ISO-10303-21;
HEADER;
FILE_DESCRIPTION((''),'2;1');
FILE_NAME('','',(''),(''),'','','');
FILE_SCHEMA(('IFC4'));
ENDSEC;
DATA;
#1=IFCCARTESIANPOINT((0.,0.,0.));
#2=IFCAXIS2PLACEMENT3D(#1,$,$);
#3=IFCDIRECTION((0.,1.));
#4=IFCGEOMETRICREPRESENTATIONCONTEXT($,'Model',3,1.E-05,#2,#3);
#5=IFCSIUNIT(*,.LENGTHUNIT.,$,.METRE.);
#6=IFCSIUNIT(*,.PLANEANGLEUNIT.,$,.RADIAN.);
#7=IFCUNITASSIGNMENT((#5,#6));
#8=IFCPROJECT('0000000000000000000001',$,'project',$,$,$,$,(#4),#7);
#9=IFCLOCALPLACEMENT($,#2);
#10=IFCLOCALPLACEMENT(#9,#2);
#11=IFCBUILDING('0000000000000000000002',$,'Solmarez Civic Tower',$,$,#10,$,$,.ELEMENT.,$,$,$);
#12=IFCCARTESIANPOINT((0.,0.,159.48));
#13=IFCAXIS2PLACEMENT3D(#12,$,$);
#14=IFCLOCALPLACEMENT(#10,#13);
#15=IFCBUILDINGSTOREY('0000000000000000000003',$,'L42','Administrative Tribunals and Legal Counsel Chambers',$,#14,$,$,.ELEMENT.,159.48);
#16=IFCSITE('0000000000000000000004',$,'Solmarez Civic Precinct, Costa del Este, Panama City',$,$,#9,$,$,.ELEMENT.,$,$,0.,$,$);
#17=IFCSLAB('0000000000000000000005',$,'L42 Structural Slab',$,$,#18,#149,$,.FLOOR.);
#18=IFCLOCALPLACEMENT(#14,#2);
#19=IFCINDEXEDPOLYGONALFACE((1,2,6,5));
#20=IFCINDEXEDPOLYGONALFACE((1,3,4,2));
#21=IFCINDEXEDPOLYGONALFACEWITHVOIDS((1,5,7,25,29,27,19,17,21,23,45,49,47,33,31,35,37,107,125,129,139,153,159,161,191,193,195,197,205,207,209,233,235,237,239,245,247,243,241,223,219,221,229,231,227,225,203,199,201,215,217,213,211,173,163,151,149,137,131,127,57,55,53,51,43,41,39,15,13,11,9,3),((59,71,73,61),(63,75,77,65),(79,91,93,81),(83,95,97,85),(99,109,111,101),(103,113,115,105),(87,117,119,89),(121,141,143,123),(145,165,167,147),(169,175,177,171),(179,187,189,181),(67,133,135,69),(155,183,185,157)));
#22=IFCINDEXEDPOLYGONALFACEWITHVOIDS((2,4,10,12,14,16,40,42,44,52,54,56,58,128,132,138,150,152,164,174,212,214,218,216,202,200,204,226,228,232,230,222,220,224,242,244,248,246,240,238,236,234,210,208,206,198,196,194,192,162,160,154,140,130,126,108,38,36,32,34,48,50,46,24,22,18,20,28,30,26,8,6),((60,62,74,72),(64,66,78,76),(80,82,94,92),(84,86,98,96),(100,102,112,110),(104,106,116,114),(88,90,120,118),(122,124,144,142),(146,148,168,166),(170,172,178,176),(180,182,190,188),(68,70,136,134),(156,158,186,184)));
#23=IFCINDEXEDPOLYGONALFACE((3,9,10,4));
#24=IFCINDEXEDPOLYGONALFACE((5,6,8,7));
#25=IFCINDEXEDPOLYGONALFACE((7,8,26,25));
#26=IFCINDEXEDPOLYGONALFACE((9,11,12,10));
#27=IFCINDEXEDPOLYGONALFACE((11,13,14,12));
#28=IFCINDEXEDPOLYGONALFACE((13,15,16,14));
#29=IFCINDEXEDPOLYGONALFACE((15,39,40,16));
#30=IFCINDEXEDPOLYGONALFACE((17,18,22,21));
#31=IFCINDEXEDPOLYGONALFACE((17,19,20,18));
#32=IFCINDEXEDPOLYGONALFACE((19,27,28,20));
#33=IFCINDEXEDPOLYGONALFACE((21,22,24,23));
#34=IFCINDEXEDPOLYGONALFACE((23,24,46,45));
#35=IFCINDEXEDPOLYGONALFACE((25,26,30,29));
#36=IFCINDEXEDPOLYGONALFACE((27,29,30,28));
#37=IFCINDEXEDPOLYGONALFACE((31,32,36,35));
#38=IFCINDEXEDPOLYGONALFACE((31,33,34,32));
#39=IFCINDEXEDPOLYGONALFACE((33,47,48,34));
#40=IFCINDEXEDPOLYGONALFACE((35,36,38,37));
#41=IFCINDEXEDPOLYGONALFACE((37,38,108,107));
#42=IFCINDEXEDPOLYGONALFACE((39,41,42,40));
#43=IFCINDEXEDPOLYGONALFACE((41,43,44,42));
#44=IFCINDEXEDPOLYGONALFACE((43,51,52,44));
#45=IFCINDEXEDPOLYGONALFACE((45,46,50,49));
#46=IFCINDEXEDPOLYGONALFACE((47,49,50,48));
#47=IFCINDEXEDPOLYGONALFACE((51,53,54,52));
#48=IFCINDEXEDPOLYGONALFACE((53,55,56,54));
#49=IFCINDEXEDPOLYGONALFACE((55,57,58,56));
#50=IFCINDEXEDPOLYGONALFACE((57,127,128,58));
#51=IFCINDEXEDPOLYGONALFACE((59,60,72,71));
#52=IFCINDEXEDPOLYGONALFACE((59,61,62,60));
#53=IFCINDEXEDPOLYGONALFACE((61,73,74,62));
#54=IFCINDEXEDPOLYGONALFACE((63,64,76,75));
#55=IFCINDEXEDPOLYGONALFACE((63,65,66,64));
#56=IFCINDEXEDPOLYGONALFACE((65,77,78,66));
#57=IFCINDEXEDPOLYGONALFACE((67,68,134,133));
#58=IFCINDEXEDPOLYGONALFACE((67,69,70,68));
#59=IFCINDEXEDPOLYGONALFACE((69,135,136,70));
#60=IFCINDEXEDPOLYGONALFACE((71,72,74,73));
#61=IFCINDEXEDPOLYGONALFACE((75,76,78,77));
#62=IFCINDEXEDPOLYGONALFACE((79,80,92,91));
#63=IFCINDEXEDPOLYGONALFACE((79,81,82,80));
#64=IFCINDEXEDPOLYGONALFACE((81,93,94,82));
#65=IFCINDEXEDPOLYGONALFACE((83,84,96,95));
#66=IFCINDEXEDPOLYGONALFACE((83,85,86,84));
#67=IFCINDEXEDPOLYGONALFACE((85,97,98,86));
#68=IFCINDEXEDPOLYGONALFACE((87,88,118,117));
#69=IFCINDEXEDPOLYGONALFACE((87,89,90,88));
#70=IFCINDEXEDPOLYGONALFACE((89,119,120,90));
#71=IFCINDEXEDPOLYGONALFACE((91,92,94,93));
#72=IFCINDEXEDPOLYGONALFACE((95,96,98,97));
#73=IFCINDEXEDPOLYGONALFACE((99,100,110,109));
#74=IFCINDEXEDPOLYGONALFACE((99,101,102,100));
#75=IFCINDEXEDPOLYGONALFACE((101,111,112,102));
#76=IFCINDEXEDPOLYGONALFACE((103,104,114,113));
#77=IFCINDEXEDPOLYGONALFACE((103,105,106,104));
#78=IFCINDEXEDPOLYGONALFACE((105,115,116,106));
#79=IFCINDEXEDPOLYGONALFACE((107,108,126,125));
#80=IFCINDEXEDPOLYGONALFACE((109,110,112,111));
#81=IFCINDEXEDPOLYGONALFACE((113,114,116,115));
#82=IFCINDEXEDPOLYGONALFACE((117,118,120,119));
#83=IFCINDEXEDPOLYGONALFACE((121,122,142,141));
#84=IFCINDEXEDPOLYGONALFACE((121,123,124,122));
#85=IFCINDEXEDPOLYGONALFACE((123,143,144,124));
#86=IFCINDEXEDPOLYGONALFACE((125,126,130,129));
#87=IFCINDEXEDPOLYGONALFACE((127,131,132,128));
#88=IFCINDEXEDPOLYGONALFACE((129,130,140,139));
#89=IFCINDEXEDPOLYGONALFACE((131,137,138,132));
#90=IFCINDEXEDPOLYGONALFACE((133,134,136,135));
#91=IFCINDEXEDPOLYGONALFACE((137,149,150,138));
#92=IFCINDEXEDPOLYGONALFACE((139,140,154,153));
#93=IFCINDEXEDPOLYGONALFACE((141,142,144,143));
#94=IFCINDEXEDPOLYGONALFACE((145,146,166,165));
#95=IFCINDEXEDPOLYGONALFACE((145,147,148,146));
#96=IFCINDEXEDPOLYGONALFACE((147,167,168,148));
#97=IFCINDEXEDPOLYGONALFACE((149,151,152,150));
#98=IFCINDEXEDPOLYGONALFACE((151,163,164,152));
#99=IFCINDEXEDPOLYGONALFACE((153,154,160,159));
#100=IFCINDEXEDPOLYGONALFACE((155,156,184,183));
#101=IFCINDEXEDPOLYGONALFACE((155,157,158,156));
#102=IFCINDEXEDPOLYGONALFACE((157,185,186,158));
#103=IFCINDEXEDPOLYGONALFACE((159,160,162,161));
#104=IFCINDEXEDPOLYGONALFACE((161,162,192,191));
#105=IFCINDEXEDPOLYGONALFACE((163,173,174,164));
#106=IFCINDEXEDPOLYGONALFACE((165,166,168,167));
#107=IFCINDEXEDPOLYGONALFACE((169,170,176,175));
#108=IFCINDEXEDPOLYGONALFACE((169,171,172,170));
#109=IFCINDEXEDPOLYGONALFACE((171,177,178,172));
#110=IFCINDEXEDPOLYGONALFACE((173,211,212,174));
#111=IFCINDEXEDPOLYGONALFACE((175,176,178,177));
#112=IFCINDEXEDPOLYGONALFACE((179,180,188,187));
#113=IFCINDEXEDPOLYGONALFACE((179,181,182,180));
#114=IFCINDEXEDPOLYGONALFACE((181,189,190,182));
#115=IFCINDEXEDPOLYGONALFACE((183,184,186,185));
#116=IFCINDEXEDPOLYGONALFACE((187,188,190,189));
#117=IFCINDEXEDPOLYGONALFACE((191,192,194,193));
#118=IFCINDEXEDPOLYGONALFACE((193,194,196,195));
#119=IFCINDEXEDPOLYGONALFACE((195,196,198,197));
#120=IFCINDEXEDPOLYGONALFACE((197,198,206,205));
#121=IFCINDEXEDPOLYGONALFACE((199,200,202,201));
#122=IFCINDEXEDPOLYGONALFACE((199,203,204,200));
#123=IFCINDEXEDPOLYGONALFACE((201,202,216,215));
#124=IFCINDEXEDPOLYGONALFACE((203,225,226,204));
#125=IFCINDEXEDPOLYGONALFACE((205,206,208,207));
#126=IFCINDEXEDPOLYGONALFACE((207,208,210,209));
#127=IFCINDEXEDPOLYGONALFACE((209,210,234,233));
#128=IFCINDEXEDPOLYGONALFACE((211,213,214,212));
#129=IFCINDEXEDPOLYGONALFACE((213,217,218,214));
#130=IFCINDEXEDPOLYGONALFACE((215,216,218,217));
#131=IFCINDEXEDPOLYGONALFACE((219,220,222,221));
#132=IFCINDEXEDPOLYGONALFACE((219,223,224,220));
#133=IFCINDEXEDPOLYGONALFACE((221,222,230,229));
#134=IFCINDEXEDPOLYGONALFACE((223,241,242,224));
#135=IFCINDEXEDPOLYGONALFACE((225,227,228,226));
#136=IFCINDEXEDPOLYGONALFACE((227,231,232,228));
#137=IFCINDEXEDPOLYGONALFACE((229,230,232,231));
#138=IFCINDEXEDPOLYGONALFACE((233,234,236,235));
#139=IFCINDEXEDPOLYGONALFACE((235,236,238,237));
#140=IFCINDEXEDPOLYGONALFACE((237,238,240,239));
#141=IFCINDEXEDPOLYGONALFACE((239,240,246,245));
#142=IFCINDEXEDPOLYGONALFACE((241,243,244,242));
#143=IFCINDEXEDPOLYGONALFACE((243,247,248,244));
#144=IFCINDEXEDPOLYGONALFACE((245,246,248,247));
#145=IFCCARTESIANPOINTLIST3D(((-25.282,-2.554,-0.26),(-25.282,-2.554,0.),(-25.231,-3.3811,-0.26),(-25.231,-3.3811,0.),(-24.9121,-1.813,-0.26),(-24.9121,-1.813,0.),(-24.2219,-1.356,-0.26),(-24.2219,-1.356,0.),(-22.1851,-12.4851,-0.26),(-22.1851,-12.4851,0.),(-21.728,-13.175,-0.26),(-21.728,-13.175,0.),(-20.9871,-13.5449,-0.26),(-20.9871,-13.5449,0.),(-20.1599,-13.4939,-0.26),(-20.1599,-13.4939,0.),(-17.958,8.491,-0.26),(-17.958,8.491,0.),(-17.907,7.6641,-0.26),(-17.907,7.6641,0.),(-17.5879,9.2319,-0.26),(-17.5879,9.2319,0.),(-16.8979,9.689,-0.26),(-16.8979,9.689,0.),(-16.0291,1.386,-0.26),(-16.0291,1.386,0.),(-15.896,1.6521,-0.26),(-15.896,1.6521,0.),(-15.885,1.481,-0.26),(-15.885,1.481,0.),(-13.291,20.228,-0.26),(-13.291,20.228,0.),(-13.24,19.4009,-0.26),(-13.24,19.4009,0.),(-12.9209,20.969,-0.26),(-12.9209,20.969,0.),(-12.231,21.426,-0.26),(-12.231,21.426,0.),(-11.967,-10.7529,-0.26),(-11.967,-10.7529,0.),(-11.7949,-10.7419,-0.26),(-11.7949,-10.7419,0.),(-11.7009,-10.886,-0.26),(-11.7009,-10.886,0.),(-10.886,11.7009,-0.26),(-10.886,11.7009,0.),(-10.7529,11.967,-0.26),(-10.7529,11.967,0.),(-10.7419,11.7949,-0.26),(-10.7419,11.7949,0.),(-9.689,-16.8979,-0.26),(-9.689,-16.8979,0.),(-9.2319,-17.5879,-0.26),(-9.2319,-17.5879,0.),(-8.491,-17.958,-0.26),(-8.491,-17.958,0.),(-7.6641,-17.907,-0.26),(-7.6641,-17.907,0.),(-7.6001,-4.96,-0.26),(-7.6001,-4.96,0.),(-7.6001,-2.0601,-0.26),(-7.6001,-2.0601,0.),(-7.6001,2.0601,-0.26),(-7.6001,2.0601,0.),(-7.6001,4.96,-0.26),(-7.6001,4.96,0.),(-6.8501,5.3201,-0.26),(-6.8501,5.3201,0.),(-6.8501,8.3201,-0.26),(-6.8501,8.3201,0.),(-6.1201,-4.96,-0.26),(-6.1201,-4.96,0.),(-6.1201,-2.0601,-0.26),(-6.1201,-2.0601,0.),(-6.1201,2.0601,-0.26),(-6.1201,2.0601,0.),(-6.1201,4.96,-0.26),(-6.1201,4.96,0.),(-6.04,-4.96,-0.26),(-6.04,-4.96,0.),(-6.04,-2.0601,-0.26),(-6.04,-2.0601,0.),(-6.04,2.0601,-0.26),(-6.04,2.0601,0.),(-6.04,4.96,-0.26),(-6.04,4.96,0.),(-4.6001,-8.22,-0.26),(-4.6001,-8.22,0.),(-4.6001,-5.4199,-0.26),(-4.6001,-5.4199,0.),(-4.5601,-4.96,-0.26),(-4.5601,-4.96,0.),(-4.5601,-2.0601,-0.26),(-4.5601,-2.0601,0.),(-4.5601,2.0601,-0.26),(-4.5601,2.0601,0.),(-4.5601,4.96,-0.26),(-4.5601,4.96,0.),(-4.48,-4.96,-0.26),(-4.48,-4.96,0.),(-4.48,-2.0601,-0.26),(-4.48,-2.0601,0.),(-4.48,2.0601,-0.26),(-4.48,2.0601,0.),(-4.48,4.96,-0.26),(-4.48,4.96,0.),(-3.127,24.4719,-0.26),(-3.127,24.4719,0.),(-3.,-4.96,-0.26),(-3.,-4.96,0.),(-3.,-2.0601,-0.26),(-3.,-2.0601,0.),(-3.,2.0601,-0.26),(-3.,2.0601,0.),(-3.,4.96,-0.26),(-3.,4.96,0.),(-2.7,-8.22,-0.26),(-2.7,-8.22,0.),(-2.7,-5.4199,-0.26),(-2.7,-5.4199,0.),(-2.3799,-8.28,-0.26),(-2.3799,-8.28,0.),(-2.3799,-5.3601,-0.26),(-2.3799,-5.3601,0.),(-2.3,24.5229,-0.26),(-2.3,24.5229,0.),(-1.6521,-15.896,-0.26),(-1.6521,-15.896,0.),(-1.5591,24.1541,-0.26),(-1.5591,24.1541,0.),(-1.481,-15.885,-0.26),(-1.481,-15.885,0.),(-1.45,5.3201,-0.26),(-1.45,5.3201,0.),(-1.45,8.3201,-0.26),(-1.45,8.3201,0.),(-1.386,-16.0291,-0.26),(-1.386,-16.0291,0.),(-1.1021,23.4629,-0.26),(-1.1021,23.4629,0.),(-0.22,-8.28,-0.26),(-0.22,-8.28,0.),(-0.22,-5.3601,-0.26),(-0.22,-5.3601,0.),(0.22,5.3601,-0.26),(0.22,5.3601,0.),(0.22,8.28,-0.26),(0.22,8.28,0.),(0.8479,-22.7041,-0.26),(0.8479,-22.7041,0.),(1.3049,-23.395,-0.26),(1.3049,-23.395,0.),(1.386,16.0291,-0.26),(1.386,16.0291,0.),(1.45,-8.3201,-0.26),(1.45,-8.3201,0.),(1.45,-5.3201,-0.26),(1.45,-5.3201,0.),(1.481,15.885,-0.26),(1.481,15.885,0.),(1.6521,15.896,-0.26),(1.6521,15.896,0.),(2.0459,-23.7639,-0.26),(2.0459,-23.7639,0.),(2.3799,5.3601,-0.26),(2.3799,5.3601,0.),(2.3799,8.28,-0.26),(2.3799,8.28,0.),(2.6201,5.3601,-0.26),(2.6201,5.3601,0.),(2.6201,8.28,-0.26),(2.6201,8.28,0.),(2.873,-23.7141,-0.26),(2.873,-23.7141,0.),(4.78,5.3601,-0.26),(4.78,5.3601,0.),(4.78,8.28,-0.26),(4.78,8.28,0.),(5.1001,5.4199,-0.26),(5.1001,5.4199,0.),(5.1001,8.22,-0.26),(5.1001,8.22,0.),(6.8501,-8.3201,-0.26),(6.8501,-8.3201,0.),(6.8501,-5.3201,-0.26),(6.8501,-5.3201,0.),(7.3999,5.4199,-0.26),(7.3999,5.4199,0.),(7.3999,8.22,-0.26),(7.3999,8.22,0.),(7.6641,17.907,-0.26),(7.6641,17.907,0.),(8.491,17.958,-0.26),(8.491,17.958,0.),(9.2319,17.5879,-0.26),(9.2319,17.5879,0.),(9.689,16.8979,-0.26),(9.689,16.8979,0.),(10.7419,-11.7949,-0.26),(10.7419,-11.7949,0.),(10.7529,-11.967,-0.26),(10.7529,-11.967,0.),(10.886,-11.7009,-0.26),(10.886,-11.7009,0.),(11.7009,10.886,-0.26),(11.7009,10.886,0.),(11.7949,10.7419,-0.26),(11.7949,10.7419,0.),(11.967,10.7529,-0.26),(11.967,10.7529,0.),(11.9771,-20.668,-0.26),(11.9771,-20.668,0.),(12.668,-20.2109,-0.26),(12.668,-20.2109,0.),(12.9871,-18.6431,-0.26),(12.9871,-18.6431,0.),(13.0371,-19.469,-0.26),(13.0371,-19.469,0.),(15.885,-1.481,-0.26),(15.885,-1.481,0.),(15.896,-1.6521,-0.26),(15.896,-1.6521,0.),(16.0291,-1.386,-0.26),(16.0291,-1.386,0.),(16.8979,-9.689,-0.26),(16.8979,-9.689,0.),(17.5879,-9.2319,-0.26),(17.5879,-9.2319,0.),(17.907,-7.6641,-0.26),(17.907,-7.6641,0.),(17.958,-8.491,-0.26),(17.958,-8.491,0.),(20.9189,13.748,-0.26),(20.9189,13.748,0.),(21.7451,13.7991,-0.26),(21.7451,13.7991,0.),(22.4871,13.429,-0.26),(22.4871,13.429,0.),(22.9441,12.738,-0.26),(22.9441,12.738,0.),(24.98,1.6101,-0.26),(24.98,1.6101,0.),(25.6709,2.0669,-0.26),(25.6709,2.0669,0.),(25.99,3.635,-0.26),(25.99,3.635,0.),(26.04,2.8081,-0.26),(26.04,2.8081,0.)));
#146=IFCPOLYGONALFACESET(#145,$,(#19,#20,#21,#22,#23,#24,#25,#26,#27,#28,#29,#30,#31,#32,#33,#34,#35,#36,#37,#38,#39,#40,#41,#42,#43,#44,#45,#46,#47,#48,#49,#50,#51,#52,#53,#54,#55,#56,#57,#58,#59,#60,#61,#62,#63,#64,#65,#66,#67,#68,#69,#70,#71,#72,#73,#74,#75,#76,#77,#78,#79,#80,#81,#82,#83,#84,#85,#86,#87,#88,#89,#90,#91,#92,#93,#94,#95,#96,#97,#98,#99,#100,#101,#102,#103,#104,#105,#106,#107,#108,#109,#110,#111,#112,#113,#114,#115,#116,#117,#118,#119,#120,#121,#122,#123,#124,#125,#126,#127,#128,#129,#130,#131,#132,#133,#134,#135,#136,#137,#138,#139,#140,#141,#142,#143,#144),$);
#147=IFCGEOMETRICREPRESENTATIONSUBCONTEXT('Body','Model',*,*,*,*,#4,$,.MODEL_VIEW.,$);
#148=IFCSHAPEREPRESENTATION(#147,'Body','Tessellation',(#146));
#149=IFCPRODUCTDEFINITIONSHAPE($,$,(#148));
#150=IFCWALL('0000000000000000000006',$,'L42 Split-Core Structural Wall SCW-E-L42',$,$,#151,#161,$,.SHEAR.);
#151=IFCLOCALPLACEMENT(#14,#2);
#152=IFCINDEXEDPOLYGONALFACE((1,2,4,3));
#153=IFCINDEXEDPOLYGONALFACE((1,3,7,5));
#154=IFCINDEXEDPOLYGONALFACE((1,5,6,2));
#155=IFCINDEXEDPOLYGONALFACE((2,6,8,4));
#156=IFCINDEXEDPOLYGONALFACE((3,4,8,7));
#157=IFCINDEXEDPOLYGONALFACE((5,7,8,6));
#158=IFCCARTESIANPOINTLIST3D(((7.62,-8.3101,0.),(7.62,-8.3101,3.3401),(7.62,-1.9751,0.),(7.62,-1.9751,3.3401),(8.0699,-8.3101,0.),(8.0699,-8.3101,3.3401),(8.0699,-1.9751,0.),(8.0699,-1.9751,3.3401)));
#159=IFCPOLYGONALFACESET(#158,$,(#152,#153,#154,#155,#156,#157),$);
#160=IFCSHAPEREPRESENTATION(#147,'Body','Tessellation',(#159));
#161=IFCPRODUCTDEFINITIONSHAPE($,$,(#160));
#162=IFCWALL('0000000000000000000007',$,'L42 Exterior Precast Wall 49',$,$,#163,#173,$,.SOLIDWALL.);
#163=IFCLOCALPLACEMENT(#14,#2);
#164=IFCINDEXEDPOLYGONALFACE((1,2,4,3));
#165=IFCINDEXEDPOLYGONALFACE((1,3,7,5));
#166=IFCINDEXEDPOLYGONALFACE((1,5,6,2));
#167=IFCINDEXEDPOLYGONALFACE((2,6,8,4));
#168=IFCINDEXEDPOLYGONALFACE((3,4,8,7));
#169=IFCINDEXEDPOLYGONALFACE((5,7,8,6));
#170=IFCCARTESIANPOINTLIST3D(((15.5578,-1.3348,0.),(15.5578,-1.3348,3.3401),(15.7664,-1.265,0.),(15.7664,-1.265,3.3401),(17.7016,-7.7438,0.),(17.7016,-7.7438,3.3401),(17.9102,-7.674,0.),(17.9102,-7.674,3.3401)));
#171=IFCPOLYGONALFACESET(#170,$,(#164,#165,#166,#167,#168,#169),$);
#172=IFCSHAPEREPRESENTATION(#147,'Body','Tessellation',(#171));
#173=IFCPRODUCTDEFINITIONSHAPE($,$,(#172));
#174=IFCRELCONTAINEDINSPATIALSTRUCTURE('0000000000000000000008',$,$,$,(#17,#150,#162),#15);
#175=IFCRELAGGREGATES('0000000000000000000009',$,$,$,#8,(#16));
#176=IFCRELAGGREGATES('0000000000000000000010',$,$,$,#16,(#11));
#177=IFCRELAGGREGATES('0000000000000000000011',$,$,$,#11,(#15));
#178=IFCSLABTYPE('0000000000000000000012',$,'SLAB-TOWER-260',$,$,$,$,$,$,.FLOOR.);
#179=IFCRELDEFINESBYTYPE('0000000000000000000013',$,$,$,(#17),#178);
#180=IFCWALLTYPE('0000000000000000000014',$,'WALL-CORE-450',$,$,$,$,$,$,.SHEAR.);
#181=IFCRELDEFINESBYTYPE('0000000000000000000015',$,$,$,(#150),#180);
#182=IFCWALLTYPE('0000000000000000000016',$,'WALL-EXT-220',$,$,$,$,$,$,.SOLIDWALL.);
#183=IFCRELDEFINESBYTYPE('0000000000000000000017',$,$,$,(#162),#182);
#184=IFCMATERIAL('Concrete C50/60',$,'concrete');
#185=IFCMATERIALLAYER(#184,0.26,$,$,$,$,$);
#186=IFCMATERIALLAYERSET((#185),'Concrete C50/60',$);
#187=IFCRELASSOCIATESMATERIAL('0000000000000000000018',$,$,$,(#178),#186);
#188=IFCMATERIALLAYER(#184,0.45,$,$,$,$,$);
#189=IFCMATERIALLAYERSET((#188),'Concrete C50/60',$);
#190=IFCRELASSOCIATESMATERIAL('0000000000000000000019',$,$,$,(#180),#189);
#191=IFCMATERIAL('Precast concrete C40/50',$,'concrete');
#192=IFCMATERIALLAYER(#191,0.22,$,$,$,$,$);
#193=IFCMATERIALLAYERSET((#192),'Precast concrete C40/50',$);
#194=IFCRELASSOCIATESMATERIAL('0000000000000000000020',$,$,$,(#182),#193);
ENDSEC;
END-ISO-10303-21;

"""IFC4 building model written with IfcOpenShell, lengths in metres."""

from ifc_helpers import new_model, si_unit, direction, frame, frame_2d, origin, place, context, subcontext, project, spatial, polyline, rectangle, outline, extrude, material, layer, layer_set, type_object, element, save


model = new_model("IFC4")

# Units and contexts
model_context = context("Model", 3, precision=1e-05, world=origin(), true_north=direction((0.0, 1.0)))
body_context = subcontext(model_context, "Body", "Model", "MODEL_VIEW")
ifc_project = project(units=[si_unit("LENGTHUNIT", "METRE"), si_unit("PLANEANGLEUNIT", "RADIAN")], contexts=[model_context])

# Site, building, storey
site_placement = place(None, origin())
site = spatial("IfcSite", under=ifc_project, at=site_placement, Name="Solmarez Civic Precinct, Costa del Este, Panama City", CompositionType="ELEMENT", RefElevation=0.0)
building_placement = place(site_placement, origin())
building = spatial("IfcBuilding", under=site, at=building_placement, Name="Solmarez Civic Tower", CompositionType="ELEMENT")
storey_placement = place(building_placement, frame((0.0, 0.0, 159.48)))
storey = spatial("IfcBuildingStorey", under=building, at=storey_placement, Name="L42", Description="Administrative Tribunals and Legal Counsel Chambers", CompositionType="ELEMENT", Elevation=159.48)

# Shared definitions
ifc_material_1 = material(Name="Concrete C50/60", Category="concrete")

# Slab
ifc_layer_1 = layer(ifc_material_1, 0.26)
ifc_layer_set_1 = layer_set([ifc_layer_1], Name="Concrete C50/60")
slab_type_1 = type_object("IfcSlabType", Name="SLAB-TOWER-260", PredefinedType="FLOOR", material=ifc_layer_set_1)
slab_1_placement = place(storey_placement, frame((0.0, 0.0, -0.26)))
element("IfcSlab", 1, at=slab_1_placement, inside=storey, type_object=slab_type_1, Name="L42 Structural Slab", PredefinedType="FLOOR", context=body_context, shape_type="SweptSolid", body=[
    extrude(outline(polyline([(-11.7009, -10.886), (-9.689, -16.8979), (-9.2319, -17.5879), (-8.491, -17.958), (-7.6641, -17.907), (-1.6521, -15.896), (-1.481, -15.885), (-1.386, -16.0291), (0.8479, -22.7041), (1.3049, -23.395), (2.0459, -23.7639), (2.873, -23.7141), (11.9771, -20.668), (12.668, -20.2109), (13.0371, -19.469), (12.9871, -18.6431), (10.7529, -11.967), (10.7419, -11.7949), (10.886, -11.7009), (16.8979, -9.689), (17.5879, -9.2319), (17.958, -8.491), (17.907, -7.6641), (15.896, -1.6521), (15.885, -1.481), (16.0291, -1.386), (24.98, 1.6101), (25.6709, 2.0669), (26.04, 2.8081), (25.99, 3.635), (22.9441, 12.738), (22.4871, 13.429), (21.7451, 13.7991), (20.9189, 13.748), (11.967, 10.7529), (11.7949, 10.7419), (11.7009, 10.886), (9.689, 16.8979), (9.2319, 17.5879), (8.491, 17.958), (7.6641, 17.907), (1.6521, 15.896), (1.481, 15.885), (1.386, 16.0291), (-1.1021, 23.4629), (-1.5591, 24.1541), (-2.3, 24.5229), (-3.127, 24.4719), (-12.231, 21.426), (-12.9209, 20.969), (-13.291, 20.228), (-13.24, 19.4009), (-10.7529, 11.967), (-10.7419, 11.7949), (-10.886, 11.7009), (-16.8979, 9.689), (-17.5879, 9.2319), (-17.958, 8.491), (-17.907, 7.6641), (-15.896, 1.6521), (-15.885, 1.481), (-16.0291, 1.386), (-24.2219, -1.356), (-24.9121, -1.813), (-25.282, -2.554), (-25.231, -3.3811), (-22.1851, -12.4851), (-21.728, -13.175), (-20.9871, -13.5449), (-20.1599, -13.4939), (-11.967, -10.7529), (-11.7949, -10.7419), (-11.7009, -10.886)]), holes=[polyline([(-1.45, 8.3201), (-6.8501, 8.3201), (-6.8501, 5.3201), (-1.45, 5.3201), (-1.45, 8.3201)]), polyline([(1.45, -8.3201), (6.8501, -8.3201), (6.8501, -5.3201), (1.45, -5.3201), (1.45, -8.3201)]), polyline([(0.22, 5.3601), (2.3799, 5.3601), (2.3799, 8.28), (0.22, 8.28), (0.22, 5.3601)]), polyline([(2.6201, 5.3601), (4.78, 5.3601), (4.78, 8.28), (2.6201, 8.28), (2.6201, 5.3601)]), polyline([(-2.3799, -8.28), (-0.22, -8.28), (-0.22, -5.3601), (-2.3799, -5.3601), (-2.3799, -8.28)]), polyline([(-7.6001, -4.96), (-6.1201, -4.96), (-6.1201, -2.0601), (-7.6001, -2.0601), (-7.6001, -4.96)]), polyline([(-6.04, -4.96), (-4.5601, -4.96), (-4.5601, -2.0601), (-6.04, -2.0601), (-6.04, -4.96)]), polyline([(-4.48, -4.96), (-3.0, -4.96), (-3.0, -2.0601), (-4.48, -2.0601), (-4.48, -4.96)]), polyline([(-7.6001, 2.0601), (-6.1201, 2.0601), (-6.1201, 4.96), (-7.6001, 4.96), (-7.6001, 2.0601)]), polyline([(-6.04, 2.0601), (-4.5601, 2.0601), (-4.5601, 4.96), (-6.04, 4.96), (-6.04, 2.0601)]), polyline([(-4.48, 2.0601), (-3.0, 2.0601), (-3.0, 4.96), (-4.48, 4.96), (-4.48, 2.0601)]), polyline([(5.1001, 5.4199), (7.3999, 5.4199), (7.3999, 8.22), (5.1001, 8.22), (5.1001, 5.4199)]), polyline([(-4.6001, -8.22), (-2.7, -8.22), (-2.7, -5.4199), (-4.6001, -5.4199), (-4.6001, -8.22)])]), origin(), (0.0, 0.0, 1.0), 0.26),
])

# Walls
ifc_layer_2 = layer(ifc_material_1, 0.45)
ifc_layer_set_2 = layer_set([ifc_layer_2], Name="Concrete C50/60")
wall_type_1 = type_object("IfcWallType", Name="WALL-CORE-450", PredefinedType="SHEAR", material=ifc_layer_set_2)
wall_1_placement = place(storey_placement, frame((7.845, -1.9751, 0.0), z_axis=(0.0, 0.0, 1.0), x_axis=(0.0, -1.0, 0.0)))
element("IfcWall", 2, at=wall_1_placement, inside=storey, type_object=wall_type_1, Name="L42 Split-Core Structural Wall SCW-E-L42", PredefinedType="SHEAR", context=body_context, shape_type="SweptSolid", body=[
    extrude(rectangle(XDim=6.335, YDim=0.45, at=frame_2d((3.1675, 0.0))), origin(), (0.0, 0.0, 1.0), 3.3401),
])
ifc_material_2 = material(Name="Precast concrete C40/50", Category="concrete")
ifc_layer_3 = layer(ifc_material_2, 0.22)
ifc_layer_set_3 = layer_set([ifc_layer_3], Name="Precast concrete C40/50")
wall_type_2 = type_object("IfcWallType", Name="WALL-EXT-220", PredefinedType="SOLIDWALL", material=ifc_layer_set_3)
wall_2_placement = place(storey_placement, frame((15.6621, -1.3, 0.0), z_axis=(0.0, 0.0, 1.0), x_axis=(0.317225, -0.94835, 0.0)))
element("IfcWall", 3, at=wall_2_placement, inside=storey, type_object=wall_type_2, Name="L42 Exterior Precast Wall 49", PredefinedType="SOLIDWALL", context=body_context, shape_type="SweptSolid", body=[
    extrude(rectangle(XDim=6.7581, YDim=0.22, at=frame_2d((3.3789, 0.0))), origin(), (0.0, 0.0, 1.0), 3.3401),
])

save(model, "model.ifc")
